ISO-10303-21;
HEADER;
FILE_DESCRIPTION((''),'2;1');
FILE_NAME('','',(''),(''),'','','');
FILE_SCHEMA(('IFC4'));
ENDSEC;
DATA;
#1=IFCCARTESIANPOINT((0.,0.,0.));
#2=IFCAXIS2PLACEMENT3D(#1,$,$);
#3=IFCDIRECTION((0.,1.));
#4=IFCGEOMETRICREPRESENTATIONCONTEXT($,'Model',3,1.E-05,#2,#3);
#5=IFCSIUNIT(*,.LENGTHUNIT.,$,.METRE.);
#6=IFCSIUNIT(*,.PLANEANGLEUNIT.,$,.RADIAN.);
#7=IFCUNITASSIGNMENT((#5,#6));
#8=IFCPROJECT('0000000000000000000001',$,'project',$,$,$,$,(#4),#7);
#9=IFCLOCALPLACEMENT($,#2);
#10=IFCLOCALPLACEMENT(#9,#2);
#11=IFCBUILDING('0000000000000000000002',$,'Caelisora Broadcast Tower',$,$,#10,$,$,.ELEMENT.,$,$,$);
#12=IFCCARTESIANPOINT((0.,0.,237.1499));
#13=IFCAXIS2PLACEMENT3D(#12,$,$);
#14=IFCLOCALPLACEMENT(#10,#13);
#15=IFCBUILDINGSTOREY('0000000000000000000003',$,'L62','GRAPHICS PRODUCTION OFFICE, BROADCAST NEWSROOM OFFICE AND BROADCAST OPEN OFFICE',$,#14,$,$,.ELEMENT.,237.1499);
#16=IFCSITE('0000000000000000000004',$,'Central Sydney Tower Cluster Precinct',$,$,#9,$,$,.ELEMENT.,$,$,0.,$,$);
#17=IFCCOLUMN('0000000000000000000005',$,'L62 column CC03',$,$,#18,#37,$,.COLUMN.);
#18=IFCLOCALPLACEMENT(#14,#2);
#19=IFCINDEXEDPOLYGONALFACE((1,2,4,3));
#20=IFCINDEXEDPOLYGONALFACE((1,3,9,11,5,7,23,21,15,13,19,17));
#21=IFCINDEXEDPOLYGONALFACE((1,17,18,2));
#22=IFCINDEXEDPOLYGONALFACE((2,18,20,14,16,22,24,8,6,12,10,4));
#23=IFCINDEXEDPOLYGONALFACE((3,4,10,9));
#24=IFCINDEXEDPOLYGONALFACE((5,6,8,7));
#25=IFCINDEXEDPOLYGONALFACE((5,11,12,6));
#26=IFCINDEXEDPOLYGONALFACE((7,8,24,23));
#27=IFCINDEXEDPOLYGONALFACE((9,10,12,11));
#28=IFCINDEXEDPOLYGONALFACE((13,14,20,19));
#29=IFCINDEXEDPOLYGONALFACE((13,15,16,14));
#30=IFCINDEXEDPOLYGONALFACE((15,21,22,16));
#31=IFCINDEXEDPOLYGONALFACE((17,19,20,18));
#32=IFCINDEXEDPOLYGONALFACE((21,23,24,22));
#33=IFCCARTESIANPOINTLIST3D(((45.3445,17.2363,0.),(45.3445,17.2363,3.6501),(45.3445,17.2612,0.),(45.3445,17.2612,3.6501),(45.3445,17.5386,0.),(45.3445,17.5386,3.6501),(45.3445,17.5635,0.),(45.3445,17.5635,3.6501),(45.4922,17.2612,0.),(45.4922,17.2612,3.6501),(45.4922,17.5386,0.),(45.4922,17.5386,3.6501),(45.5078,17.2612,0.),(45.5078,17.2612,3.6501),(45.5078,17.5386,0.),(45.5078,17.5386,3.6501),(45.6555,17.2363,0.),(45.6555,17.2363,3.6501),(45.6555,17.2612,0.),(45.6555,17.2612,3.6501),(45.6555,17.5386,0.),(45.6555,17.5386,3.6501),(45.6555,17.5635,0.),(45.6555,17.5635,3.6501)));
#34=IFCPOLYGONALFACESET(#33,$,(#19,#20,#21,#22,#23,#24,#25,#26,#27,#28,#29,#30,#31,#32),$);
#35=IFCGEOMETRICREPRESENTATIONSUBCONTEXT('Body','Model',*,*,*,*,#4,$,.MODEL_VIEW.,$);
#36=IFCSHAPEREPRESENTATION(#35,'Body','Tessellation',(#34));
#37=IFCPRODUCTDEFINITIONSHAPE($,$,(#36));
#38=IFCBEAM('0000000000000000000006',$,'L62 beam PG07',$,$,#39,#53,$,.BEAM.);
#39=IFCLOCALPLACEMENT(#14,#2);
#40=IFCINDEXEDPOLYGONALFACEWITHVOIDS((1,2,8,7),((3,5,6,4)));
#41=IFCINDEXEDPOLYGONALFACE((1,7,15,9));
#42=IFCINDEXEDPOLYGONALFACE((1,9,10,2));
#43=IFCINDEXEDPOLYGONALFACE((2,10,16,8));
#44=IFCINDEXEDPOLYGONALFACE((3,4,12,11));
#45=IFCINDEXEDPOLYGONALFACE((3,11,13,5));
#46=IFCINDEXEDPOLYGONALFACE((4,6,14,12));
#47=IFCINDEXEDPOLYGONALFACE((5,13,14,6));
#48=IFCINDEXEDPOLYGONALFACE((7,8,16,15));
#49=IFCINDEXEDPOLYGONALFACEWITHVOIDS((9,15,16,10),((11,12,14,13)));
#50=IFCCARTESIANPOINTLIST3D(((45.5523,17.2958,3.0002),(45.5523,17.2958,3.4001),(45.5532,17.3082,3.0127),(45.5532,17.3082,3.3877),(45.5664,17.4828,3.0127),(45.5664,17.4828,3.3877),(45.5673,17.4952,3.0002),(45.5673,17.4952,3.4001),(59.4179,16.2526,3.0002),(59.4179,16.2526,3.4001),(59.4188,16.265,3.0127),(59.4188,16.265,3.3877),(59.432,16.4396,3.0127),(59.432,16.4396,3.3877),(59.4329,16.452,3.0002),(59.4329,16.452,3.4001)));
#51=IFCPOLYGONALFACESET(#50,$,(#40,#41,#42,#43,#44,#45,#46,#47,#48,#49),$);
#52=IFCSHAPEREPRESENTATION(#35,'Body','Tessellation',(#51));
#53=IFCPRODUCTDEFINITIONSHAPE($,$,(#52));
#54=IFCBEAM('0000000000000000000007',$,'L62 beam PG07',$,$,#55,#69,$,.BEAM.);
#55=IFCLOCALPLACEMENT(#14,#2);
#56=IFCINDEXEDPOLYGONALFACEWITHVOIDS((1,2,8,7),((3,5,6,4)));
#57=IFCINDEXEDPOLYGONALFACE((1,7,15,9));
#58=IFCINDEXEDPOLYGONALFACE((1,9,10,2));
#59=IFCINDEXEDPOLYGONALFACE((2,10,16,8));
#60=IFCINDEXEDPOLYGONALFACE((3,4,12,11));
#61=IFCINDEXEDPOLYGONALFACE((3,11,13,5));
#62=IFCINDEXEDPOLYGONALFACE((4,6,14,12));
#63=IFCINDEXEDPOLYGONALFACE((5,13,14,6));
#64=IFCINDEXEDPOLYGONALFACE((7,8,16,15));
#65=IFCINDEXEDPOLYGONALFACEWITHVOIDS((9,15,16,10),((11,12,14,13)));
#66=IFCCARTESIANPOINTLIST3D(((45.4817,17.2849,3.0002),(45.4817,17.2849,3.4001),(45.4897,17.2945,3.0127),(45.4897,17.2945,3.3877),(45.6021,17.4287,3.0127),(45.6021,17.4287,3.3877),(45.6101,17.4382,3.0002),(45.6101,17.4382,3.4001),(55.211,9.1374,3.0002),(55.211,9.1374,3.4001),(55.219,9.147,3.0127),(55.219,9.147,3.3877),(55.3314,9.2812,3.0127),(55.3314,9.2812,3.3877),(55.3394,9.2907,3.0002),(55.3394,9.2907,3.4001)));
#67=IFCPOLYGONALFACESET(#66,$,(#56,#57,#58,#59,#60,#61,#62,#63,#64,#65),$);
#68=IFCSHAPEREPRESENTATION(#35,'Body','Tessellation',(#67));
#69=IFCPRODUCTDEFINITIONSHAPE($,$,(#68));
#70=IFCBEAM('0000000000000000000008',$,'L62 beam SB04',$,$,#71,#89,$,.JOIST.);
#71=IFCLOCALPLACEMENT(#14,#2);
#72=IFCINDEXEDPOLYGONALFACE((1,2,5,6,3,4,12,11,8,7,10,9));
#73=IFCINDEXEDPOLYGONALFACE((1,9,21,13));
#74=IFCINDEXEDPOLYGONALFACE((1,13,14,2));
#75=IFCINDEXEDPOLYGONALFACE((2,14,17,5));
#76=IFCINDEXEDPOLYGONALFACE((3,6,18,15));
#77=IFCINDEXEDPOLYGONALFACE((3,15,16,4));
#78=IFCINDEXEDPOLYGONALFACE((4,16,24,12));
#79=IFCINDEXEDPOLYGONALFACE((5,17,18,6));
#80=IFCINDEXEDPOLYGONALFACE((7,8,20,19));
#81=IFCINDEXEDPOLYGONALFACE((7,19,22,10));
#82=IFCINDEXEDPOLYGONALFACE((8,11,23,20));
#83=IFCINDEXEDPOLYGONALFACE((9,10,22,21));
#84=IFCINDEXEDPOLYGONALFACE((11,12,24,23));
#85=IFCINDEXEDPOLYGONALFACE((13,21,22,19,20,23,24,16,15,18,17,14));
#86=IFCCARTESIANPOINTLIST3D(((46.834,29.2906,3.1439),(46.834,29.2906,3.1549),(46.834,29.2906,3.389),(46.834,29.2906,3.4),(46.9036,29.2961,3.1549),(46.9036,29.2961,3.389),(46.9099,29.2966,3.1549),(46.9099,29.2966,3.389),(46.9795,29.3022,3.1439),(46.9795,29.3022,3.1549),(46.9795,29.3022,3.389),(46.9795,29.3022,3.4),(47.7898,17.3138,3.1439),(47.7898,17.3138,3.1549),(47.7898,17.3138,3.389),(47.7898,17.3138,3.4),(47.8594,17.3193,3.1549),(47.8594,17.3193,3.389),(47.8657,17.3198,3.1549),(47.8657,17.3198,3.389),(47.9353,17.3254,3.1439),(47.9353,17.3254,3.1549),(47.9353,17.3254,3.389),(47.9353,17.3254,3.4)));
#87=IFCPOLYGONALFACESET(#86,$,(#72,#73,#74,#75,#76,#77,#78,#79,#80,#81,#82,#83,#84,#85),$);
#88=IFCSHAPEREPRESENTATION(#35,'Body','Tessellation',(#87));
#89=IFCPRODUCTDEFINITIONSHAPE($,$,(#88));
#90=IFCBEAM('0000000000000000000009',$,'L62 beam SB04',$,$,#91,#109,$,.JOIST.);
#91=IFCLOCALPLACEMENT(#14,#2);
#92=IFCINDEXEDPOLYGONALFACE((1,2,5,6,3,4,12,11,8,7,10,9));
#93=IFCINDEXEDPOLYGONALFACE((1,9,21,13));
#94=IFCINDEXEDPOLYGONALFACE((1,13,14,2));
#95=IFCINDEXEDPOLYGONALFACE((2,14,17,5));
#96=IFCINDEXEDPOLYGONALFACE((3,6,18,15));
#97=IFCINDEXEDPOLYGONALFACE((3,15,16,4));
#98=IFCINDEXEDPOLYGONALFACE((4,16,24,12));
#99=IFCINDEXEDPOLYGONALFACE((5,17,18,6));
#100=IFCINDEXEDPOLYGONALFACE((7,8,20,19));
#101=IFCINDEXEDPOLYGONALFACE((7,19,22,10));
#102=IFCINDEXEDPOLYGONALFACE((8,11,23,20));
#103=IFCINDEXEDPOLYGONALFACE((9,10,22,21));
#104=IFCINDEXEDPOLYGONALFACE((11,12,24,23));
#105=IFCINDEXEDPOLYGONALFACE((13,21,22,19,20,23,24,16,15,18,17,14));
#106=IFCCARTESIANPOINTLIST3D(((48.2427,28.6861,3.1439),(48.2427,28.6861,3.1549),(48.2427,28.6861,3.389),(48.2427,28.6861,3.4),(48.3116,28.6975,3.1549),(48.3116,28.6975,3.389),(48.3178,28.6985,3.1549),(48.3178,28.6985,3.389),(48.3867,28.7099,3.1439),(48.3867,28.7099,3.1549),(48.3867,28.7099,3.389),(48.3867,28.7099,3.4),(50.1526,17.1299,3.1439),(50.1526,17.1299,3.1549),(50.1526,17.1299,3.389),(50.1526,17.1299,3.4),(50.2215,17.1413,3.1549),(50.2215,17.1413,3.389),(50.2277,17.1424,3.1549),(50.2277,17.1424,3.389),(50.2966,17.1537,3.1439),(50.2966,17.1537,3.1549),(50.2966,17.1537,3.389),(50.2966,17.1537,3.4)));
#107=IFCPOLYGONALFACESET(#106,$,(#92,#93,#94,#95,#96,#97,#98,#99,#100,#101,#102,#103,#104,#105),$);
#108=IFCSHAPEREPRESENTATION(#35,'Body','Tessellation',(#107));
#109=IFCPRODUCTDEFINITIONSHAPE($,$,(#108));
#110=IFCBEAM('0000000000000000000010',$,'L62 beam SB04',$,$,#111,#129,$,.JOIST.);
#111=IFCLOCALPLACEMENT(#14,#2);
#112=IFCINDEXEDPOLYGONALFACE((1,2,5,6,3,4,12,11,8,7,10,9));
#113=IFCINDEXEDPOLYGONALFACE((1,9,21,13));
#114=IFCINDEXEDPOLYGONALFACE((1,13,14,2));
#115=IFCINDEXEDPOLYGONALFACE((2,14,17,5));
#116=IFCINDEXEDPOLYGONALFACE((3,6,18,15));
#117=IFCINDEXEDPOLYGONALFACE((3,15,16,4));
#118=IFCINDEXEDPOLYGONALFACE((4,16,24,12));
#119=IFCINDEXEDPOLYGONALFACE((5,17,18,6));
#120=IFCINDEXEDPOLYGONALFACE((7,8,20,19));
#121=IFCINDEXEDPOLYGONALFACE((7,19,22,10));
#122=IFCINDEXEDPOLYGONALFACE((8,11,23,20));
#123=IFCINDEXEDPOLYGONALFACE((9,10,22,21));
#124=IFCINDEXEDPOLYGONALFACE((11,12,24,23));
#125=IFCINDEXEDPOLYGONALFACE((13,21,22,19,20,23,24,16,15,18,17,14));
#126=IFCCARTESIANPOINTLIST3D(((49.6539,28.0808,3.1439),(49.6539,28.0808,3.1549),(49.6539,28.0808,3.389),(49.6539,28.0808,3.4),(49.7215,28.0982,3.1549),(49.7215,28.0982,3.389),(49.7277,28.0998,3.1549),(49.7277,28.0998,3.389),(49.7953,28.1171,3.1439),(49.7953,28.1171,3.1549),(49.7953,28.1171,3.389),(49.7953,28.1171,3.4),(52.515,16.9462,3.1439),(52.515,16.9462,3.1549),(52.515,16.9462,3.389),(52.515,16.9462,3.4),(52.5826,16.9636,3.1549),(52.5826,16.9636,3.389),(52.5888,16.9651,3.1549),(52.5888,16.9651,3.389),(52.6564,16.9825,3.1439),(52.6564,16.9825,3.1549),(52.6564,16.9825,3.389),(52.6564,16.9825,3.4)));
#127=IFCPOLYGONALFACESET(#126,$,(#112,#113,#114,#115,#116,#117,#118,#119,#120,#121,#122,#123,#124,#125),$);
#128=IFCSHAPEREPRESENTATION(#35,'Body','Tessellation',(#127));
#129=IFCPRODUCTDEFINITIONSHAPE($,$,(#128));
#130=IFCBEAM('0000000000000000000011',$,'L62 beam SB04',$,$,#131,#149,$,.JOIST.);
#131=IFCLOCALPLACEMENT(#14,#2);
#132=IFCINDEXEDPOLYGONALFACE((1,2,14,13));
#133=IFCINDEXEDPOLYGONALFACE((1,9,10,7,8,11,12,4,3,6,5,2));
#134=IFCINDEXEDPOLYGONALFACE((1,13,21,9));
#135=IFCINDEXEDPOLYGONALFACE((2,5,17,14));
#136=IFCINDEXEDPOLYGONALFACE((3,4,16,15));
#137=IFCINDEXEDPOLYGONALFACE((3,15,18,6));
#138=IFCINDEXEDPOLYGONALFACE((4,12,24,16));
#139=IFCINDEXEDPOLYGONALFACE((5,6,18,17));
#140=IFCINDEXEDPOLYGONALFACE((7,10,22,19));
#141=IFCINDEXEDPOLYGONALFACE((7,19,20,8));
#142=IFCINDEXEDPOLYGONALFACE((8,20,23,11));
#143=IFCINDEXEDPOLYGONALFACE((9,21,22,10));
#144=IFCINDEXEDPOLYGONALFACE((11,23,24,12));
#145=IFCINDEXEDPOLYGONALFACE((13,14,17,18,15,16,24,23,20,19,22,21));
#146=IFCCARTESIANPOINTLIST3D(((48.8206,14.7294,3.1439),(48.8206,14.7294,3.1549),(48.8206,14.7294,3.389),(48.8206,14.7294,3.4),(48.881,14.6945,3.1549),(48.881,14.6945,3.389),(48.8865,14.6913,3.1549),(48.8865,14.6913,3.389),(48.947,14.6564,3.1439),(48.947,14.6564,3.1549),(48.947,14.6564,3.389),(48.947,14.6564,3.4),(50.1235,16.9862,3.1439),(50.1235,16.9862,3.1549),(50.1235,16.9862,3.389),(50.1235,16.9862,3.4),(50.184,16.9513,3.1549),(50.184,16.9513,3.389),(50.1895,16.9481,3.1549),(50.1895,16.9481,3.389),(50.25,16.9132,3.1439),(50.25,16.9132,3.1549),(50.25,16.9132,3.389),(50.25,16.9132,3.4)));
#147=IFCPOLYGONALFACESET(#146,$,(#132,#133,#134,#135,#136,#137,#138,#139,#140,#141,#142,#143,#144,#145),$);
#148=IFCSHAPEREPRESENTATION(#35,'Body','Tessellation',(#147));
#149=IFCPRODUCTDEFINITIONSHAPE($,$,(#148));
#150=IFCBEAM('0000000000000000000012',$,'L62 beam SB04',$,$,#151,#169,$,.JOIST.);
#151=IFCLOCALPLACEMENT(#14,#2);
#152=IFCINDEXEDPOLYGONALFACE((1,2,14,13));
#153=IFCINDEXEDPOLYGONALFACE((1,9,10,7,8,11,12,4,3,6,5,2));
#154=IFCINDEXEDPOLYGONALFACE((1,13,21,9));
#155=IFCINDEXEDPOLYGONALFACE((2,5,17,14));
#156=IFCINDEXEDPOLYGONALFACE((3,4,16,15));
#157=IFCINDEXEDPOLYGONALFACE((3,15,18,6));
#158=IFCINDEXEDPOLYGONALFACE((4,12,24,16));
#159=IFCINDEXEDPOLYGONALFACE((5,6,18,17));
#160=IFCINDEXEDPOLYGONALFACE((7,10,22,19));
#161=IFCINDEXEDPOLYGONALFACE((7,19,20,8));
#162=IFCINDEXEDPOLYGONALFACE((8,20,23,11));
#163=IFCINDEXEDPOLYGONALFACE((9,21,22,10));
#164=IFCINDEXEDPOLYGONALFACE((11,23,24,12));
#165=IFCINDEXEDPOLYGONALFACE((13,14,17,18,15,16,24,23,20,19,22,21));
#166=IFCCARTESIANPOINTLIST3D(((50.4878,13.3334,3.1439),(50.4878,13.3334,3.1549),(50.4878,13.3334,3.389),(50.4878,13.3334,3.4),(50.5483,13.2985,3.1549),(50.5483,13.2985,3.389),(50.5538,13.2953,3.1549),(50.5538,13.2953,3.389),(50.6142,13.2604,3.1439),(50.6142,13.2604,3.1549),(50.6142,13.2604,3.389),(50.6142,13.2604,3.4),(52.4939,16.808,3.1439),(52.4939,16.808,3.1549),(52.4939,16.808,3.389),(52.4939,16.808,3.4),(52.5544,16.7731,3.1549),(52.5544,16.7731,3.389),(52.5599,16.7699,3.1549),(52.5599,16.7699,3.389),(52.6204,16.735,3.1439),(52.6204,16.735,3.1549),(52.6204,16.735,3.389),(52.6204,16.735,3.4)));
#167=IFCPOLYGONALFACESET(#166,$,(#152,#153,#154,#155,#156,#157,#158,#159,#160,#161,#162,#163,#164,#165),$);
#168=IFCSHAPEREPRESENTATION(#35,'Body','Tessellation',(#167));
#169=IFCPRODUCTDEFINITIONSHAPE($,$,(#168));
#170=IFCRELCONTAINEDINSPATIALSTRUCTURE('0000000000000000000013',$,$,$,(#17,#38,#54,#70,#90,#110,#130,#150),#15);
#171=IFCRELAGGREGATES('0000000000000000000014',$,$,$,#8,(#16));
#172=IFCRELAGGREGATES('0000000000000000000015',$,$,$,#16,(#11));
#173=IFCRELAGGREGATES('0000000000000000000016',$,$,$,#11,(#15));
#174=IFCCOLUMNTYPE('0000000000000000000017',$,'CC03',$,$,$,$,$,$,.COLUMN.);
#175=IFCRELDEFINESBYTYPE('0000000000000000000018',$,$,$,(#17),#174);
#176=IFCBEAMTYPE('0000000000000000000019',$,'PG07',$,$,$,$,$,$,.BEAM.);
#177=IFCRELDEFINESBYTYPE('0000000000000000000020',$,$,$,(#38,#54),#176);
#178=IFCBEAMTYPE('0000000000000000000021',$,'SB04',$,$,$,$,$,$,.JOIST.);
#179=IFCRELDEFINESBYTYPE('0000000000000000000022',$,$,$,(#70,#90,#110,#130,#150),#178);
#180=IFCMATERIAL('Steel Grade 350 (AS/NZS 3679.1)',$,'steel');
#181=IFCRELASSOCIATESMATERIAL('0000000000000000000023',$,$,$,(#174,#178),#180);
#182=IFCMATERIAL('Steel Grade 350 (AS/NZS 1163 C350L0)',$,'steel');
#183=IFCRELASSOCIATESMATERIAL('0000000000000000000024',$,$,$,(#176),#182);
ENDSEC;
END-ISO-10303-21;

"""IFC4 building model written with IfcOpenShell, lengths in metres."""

from ifc_helpers import new_model, si_unit, direction, frame, origin, origin_2d, place, context, subcontext, project, spatial, hollow_rectangle, i_section, extrude, source, transform, mapped, material, material_profile, profile_set, type_object, type_shapes, element, save


model = new_model("IFC4")

# Units and contexts
model_context = context("Model", 3, precision=1e-05, world=origin(), true_north=direction((0.0, 1.0)))
body_context = subcontext(model_context, "Body", "Model", "MODEL_VIEW")
ifc_project = project(units=[si_unit("LENGTHUNIT", "METRE"), si_unit("PLANEANGLEUNIT", "RADIAN")], contexts=[model_context])

# Site, building, storey
site_placement = place(None, origin())
site = spatial("IfcSite", under=ifc_project, at=site_placement, Name="Central Sydney Tower Cluster Precinct", CompositionType="ELEMENT", RefElevation=0.0)
building_placement = place(site_placement, origin())
building = spatial("IfcBuilding", under=site, at=building_placement, Name="Caelisora Broadcast Tower", CompositionType="ELEMENT")
storey_placement = place(building_placement, frame((0.0, 0.0, 237.1499)))
storey = spatial("IfcBuildingStorey", under=building, at=storey_placement, Name="L62", Description="GRAPHICS PRODUCTION OFFICE, BROADCAST NEWSROOM OFFICE AND BROADCAST OPEN OFFICE", CompositionType="ELEMENT", Elevation=237.1499)

# Column
ifc_material_1 = material(Name="Steel Grade 350 (AS/NZS 3679.1)", Category="steel")
ifc_material_profile_1 = material_profile(ifc_material_1, i_section(OverallWidth=0.311, OverallDepth=0.3271, WebThickness=0.0156, FlangeThickness=0.0249, at=origin_2d()), Name="Steel Grade 350 (AS/NZS 3679.1)")
ifc_profile_set_1 = profile_set([ifc_material_profile_1], Name="Steel Grade 350 (AS/NZS 3679.1)")
column_type = type_object("IfcColumnType", Name="CC03", PredefinedType="COLUMN", material=ifc_profile_set_1)
shared_shape_1 = source(origin(), body_context, "Body", "SweptSolid", [
    extrude(i_section(OverallWidth=0.311, OverallDepth=0.3271, WebThickness=0.0156, FlangeThickness=0.0249, at=origin_2d()), origin(), (0.0, 0.0, 1.0), 3.6501),
])
type_shapes(column_type, [shared_shape_1])
column_placement = place(storey_placement, frame((45.5, 17.3999, 0.0), z_axis=(0.0, 0.0, 1.0), x_axis=(1.0, 0.0, 0.0)))
element("IfcColumn", 1, at=column_placement, inside=storey, type_object=column_type, Name="L62 column CC03", PredefinedType="COLUMN", context=body_context, shape_type="MappedRepresentation", body=[
    mapped(shared_shape_1, transform((0.0, 0.0, 0.0), scale=1.0)),
])

# Beams
ifc_material_2 = material(Name="Steel Grade 350 (AS/NZS 1163 C350L0)", Category="steel")
ifc_material_profile_2 = material_profile(ifc_material_2, hollow_rectangle(XDim=0.2, YDim=0.3999, WallThickness=0.0125, at=origin_2d()), Name="Steel Grade 350 (AS/NZS 1163 C350L0)")
ifc_profile_set_2 = profile_set([ifc_material_profile_2], Name="Steel Grade 350 (AS/NZS 1163 C350L0)")
beam_type_1 = type_object("IfcBeamType", Name="PG07", PredefinedType="BEAM", material=ifc_profile_set_2)
shared_shape_2 = source(origin(), body_context, "Body", "SweptSolid", [
    extrude(hollow_rectangle(XDim=0.2, YDim=0.3999, WallThickness=0.0125, at=origin_2d()), origin(), (0.0, 0.0, 1.0), 13.9048),
])
beam_1_placement = place(storey_placement, frame((45.5598, 17.3955, 3.2002), z_axis=(0.997182, -0.075026, 0.0), x_axis=(0.075026, 0.997182, 0.0)))
element("IfcBeam", 2, at=beam_1_placement, inside=storey, type_object=beam_type_1, Name="L62 beam PG07", PredefinedType="BEAM", context=body_context, shape_type="MappedRepresentation", body=[
    mapped(shared_shape_2, transform((0.0, 0.0, 0.0), scale=1.0)),
])
shared_shape_3 = source(origin(), body_context, "Body", "SweptSolid", [
    extrude(hollow_rectangle(XDim=0.2, YDim=0.3999, WallThickness=0.0125, at=origin_2d()), origin(), (0.0, 0.0, 1.0), 12.6902),
])
type_shapes(beam_type_1, [shared_shape_2, shared_shape_3])
beam_2_placement = place(storey_placement, frame((45.5459, 17.3616, 3.2002), z_axis=(0.766678, -0.642031, 0.0), x_axis=(0.642031, 0.766678, 0.0)))
element("IfcBeam", 3, at=beam_2_placement, inside=storey, type_object=beam_type_1, Name="L62 beam PG07", PredefinedType="BEAM", context=body_context, shape_type="MappedRepresentation", body=[
    mapped(shared_shape_3, transform((0.0, 0.0, 0.0), scale=1.0)),
])
ifc_material_profile_3 = material_profile(ifc_material_1, i_section(OverallWidth=0.146, OverallDepth=0.2561, WebThickness=0.0063, FlangeThickness=0.011, at=origin_2d()), Name="Steel Grade 350 (AS/NZS 3679.1)")
ifc_profile_set_3 = profile_set([ifc_material_profile_3], Name="Steel Grade 350 (AS/NZS 3679.1)")
beam_type_2 = type_object("IfcBeamType", Name="SB04", PredefinedType="JOIST", material=ifc_profile_set_3)
shared_shape_4 = source(origin(), body_context, "Body", "SweptSolid", [
    extrude(i_section(OverallWidth=0.146, OverallDepth=0.2561, WebThickness=0.0063, FlangeThickness=0.011, at=origin_2d()), origin(), (0.0, 0.0, 1.0), 12.0149),
])
beam_3_placement = place(storey_placement, frame((47.8625, 17.3196, 3.272), z_axis=(-0.079552, 0.996831, 0.0), x_axis=(-0.996831, -0.079552, 0.0)))
element("IfcBeam", 4, at=beam_3_placement, inside=storey, type_object=beam_type_2, Name="L62 beam SB04", PredefinedType="JOIST", context=body_context, shape_type="MappedRepresentation", body=[
    mapped(shared_shape_4, transform((0.0, 0.0, 0.0), scale=1.0)),
])
shared_shape_5 = source(origin(), body_context, "Body", "SweptSolid", [
    extrude(i_section(OverallWidth=0.146, OverallDepth=0.2561, WebThickness=0.0063, FlangeThickness=0.011, at=origin_2d()), origin(), (0.0, 0.0, 1.0), 11.7129),
])
beam_4_placement = place(storey_placement, frame((50.2246, 17.1418, 3.272), z_axis=(-0.16306, 0.986616, 0.0), x_axis=(-0.986616, -0.16306, 0.0)))
element("IfcBeam", 5, at=beam_4_placement, inside=storey, type_object=beam_type_2, Name="L62 beam SB04", PredefinedType="JOIST", context=body_context, shape_type="MappedRepresentation", body=[
    mapped(shared_shape_5, transform((0.0, 0.0, 0.0), scale=1.0)),
])
shared_shape_6 = source(origin(), body_context, "Body", "SweptSolid", [
    extrude(i_section(OverallWidth=0.146, OverallDepth=0.2561, WebThickness=0.0063, FlangeThickness=0.011, at=origin_2d()), origin(), (0.0, 0.0, 1.0), 11.4963),
])
beam_5_placement = place(storey_placement, frame((52.5857, 16.9644, 3.272), z_axis=(-0.248871, 0.968537, 0.0), x_axis=(-0.968537, -0.248871, 0.0)))
element("IfcBeam", 6, at=beam_5_placement, inside=storey, type_object=beam_type_2, Name="L62 beam SB04", PredefinedType="JOIST", context=body_context, shape_type="MappedRepresentation", body=[
    mapped(shared_shape_6, transform((0.0, 0.0, 0.0), scale=1.0)),
])
shared_shape_7 = source(origin(), body_context, "Body", "SweptSolid", [
    extrude(i_section(OverallWidth=0.146, OverallDepth=0.2561, WebThickness=0.0063, FlangeThickness=0.011, at=origin_2d()), origin(), (0.0, 0.0, 1.0), 2.606),
])
beam_6_placement = place(storey_placement, frame((48.8838, 14.6929, 3.272), z_axis=(0.499998, 0.866026, 0.0), x_axis=(-0.866026, 0.499998, 0.0)))
element("IfcBeam", 7, at=beam_6_placement, inside=storey, type_object=beam_type_2, Name="L62 beam SB04", PredefinedType="JOIST", context=body_context, shape_type="MappedRepresentation", body=[
    mapped(shared_shape_7, transform((0.0, 0.0, 0.0), scale=1.0)),
])
shared_shape_8 = source(origin(), body_context, "Body", "SweptSolid", [
    extrude(i_section(OverallWidth=0.146, OverallDepth=0.2561, WebThickness=0.0063, FlangeThickness=0.011, at=origin_2d()), origin(), (0.0, 0.0, 1.0), 4.0122),
])
beam_7_placement = place(storey_placement, frame((50.551, 13.2969, 3.272), z_axis=(0.500007, 0.866021, 0.0), x_axis=(-0.866021, 0.500007, 0.0)))
element("IfcBeam", 8, at=beam_7_placement, inside=storey, type_object=beam_type_2, Name="L62 beam SB04", PredefinedType="JOIST", context=body_context, shape_type="MappedRepresentation", body=[
    mapped(shared_shape_8, transform((0.0, 0.0, 0.0), scale=1.0)),
])

save(model, "model.ifc")
